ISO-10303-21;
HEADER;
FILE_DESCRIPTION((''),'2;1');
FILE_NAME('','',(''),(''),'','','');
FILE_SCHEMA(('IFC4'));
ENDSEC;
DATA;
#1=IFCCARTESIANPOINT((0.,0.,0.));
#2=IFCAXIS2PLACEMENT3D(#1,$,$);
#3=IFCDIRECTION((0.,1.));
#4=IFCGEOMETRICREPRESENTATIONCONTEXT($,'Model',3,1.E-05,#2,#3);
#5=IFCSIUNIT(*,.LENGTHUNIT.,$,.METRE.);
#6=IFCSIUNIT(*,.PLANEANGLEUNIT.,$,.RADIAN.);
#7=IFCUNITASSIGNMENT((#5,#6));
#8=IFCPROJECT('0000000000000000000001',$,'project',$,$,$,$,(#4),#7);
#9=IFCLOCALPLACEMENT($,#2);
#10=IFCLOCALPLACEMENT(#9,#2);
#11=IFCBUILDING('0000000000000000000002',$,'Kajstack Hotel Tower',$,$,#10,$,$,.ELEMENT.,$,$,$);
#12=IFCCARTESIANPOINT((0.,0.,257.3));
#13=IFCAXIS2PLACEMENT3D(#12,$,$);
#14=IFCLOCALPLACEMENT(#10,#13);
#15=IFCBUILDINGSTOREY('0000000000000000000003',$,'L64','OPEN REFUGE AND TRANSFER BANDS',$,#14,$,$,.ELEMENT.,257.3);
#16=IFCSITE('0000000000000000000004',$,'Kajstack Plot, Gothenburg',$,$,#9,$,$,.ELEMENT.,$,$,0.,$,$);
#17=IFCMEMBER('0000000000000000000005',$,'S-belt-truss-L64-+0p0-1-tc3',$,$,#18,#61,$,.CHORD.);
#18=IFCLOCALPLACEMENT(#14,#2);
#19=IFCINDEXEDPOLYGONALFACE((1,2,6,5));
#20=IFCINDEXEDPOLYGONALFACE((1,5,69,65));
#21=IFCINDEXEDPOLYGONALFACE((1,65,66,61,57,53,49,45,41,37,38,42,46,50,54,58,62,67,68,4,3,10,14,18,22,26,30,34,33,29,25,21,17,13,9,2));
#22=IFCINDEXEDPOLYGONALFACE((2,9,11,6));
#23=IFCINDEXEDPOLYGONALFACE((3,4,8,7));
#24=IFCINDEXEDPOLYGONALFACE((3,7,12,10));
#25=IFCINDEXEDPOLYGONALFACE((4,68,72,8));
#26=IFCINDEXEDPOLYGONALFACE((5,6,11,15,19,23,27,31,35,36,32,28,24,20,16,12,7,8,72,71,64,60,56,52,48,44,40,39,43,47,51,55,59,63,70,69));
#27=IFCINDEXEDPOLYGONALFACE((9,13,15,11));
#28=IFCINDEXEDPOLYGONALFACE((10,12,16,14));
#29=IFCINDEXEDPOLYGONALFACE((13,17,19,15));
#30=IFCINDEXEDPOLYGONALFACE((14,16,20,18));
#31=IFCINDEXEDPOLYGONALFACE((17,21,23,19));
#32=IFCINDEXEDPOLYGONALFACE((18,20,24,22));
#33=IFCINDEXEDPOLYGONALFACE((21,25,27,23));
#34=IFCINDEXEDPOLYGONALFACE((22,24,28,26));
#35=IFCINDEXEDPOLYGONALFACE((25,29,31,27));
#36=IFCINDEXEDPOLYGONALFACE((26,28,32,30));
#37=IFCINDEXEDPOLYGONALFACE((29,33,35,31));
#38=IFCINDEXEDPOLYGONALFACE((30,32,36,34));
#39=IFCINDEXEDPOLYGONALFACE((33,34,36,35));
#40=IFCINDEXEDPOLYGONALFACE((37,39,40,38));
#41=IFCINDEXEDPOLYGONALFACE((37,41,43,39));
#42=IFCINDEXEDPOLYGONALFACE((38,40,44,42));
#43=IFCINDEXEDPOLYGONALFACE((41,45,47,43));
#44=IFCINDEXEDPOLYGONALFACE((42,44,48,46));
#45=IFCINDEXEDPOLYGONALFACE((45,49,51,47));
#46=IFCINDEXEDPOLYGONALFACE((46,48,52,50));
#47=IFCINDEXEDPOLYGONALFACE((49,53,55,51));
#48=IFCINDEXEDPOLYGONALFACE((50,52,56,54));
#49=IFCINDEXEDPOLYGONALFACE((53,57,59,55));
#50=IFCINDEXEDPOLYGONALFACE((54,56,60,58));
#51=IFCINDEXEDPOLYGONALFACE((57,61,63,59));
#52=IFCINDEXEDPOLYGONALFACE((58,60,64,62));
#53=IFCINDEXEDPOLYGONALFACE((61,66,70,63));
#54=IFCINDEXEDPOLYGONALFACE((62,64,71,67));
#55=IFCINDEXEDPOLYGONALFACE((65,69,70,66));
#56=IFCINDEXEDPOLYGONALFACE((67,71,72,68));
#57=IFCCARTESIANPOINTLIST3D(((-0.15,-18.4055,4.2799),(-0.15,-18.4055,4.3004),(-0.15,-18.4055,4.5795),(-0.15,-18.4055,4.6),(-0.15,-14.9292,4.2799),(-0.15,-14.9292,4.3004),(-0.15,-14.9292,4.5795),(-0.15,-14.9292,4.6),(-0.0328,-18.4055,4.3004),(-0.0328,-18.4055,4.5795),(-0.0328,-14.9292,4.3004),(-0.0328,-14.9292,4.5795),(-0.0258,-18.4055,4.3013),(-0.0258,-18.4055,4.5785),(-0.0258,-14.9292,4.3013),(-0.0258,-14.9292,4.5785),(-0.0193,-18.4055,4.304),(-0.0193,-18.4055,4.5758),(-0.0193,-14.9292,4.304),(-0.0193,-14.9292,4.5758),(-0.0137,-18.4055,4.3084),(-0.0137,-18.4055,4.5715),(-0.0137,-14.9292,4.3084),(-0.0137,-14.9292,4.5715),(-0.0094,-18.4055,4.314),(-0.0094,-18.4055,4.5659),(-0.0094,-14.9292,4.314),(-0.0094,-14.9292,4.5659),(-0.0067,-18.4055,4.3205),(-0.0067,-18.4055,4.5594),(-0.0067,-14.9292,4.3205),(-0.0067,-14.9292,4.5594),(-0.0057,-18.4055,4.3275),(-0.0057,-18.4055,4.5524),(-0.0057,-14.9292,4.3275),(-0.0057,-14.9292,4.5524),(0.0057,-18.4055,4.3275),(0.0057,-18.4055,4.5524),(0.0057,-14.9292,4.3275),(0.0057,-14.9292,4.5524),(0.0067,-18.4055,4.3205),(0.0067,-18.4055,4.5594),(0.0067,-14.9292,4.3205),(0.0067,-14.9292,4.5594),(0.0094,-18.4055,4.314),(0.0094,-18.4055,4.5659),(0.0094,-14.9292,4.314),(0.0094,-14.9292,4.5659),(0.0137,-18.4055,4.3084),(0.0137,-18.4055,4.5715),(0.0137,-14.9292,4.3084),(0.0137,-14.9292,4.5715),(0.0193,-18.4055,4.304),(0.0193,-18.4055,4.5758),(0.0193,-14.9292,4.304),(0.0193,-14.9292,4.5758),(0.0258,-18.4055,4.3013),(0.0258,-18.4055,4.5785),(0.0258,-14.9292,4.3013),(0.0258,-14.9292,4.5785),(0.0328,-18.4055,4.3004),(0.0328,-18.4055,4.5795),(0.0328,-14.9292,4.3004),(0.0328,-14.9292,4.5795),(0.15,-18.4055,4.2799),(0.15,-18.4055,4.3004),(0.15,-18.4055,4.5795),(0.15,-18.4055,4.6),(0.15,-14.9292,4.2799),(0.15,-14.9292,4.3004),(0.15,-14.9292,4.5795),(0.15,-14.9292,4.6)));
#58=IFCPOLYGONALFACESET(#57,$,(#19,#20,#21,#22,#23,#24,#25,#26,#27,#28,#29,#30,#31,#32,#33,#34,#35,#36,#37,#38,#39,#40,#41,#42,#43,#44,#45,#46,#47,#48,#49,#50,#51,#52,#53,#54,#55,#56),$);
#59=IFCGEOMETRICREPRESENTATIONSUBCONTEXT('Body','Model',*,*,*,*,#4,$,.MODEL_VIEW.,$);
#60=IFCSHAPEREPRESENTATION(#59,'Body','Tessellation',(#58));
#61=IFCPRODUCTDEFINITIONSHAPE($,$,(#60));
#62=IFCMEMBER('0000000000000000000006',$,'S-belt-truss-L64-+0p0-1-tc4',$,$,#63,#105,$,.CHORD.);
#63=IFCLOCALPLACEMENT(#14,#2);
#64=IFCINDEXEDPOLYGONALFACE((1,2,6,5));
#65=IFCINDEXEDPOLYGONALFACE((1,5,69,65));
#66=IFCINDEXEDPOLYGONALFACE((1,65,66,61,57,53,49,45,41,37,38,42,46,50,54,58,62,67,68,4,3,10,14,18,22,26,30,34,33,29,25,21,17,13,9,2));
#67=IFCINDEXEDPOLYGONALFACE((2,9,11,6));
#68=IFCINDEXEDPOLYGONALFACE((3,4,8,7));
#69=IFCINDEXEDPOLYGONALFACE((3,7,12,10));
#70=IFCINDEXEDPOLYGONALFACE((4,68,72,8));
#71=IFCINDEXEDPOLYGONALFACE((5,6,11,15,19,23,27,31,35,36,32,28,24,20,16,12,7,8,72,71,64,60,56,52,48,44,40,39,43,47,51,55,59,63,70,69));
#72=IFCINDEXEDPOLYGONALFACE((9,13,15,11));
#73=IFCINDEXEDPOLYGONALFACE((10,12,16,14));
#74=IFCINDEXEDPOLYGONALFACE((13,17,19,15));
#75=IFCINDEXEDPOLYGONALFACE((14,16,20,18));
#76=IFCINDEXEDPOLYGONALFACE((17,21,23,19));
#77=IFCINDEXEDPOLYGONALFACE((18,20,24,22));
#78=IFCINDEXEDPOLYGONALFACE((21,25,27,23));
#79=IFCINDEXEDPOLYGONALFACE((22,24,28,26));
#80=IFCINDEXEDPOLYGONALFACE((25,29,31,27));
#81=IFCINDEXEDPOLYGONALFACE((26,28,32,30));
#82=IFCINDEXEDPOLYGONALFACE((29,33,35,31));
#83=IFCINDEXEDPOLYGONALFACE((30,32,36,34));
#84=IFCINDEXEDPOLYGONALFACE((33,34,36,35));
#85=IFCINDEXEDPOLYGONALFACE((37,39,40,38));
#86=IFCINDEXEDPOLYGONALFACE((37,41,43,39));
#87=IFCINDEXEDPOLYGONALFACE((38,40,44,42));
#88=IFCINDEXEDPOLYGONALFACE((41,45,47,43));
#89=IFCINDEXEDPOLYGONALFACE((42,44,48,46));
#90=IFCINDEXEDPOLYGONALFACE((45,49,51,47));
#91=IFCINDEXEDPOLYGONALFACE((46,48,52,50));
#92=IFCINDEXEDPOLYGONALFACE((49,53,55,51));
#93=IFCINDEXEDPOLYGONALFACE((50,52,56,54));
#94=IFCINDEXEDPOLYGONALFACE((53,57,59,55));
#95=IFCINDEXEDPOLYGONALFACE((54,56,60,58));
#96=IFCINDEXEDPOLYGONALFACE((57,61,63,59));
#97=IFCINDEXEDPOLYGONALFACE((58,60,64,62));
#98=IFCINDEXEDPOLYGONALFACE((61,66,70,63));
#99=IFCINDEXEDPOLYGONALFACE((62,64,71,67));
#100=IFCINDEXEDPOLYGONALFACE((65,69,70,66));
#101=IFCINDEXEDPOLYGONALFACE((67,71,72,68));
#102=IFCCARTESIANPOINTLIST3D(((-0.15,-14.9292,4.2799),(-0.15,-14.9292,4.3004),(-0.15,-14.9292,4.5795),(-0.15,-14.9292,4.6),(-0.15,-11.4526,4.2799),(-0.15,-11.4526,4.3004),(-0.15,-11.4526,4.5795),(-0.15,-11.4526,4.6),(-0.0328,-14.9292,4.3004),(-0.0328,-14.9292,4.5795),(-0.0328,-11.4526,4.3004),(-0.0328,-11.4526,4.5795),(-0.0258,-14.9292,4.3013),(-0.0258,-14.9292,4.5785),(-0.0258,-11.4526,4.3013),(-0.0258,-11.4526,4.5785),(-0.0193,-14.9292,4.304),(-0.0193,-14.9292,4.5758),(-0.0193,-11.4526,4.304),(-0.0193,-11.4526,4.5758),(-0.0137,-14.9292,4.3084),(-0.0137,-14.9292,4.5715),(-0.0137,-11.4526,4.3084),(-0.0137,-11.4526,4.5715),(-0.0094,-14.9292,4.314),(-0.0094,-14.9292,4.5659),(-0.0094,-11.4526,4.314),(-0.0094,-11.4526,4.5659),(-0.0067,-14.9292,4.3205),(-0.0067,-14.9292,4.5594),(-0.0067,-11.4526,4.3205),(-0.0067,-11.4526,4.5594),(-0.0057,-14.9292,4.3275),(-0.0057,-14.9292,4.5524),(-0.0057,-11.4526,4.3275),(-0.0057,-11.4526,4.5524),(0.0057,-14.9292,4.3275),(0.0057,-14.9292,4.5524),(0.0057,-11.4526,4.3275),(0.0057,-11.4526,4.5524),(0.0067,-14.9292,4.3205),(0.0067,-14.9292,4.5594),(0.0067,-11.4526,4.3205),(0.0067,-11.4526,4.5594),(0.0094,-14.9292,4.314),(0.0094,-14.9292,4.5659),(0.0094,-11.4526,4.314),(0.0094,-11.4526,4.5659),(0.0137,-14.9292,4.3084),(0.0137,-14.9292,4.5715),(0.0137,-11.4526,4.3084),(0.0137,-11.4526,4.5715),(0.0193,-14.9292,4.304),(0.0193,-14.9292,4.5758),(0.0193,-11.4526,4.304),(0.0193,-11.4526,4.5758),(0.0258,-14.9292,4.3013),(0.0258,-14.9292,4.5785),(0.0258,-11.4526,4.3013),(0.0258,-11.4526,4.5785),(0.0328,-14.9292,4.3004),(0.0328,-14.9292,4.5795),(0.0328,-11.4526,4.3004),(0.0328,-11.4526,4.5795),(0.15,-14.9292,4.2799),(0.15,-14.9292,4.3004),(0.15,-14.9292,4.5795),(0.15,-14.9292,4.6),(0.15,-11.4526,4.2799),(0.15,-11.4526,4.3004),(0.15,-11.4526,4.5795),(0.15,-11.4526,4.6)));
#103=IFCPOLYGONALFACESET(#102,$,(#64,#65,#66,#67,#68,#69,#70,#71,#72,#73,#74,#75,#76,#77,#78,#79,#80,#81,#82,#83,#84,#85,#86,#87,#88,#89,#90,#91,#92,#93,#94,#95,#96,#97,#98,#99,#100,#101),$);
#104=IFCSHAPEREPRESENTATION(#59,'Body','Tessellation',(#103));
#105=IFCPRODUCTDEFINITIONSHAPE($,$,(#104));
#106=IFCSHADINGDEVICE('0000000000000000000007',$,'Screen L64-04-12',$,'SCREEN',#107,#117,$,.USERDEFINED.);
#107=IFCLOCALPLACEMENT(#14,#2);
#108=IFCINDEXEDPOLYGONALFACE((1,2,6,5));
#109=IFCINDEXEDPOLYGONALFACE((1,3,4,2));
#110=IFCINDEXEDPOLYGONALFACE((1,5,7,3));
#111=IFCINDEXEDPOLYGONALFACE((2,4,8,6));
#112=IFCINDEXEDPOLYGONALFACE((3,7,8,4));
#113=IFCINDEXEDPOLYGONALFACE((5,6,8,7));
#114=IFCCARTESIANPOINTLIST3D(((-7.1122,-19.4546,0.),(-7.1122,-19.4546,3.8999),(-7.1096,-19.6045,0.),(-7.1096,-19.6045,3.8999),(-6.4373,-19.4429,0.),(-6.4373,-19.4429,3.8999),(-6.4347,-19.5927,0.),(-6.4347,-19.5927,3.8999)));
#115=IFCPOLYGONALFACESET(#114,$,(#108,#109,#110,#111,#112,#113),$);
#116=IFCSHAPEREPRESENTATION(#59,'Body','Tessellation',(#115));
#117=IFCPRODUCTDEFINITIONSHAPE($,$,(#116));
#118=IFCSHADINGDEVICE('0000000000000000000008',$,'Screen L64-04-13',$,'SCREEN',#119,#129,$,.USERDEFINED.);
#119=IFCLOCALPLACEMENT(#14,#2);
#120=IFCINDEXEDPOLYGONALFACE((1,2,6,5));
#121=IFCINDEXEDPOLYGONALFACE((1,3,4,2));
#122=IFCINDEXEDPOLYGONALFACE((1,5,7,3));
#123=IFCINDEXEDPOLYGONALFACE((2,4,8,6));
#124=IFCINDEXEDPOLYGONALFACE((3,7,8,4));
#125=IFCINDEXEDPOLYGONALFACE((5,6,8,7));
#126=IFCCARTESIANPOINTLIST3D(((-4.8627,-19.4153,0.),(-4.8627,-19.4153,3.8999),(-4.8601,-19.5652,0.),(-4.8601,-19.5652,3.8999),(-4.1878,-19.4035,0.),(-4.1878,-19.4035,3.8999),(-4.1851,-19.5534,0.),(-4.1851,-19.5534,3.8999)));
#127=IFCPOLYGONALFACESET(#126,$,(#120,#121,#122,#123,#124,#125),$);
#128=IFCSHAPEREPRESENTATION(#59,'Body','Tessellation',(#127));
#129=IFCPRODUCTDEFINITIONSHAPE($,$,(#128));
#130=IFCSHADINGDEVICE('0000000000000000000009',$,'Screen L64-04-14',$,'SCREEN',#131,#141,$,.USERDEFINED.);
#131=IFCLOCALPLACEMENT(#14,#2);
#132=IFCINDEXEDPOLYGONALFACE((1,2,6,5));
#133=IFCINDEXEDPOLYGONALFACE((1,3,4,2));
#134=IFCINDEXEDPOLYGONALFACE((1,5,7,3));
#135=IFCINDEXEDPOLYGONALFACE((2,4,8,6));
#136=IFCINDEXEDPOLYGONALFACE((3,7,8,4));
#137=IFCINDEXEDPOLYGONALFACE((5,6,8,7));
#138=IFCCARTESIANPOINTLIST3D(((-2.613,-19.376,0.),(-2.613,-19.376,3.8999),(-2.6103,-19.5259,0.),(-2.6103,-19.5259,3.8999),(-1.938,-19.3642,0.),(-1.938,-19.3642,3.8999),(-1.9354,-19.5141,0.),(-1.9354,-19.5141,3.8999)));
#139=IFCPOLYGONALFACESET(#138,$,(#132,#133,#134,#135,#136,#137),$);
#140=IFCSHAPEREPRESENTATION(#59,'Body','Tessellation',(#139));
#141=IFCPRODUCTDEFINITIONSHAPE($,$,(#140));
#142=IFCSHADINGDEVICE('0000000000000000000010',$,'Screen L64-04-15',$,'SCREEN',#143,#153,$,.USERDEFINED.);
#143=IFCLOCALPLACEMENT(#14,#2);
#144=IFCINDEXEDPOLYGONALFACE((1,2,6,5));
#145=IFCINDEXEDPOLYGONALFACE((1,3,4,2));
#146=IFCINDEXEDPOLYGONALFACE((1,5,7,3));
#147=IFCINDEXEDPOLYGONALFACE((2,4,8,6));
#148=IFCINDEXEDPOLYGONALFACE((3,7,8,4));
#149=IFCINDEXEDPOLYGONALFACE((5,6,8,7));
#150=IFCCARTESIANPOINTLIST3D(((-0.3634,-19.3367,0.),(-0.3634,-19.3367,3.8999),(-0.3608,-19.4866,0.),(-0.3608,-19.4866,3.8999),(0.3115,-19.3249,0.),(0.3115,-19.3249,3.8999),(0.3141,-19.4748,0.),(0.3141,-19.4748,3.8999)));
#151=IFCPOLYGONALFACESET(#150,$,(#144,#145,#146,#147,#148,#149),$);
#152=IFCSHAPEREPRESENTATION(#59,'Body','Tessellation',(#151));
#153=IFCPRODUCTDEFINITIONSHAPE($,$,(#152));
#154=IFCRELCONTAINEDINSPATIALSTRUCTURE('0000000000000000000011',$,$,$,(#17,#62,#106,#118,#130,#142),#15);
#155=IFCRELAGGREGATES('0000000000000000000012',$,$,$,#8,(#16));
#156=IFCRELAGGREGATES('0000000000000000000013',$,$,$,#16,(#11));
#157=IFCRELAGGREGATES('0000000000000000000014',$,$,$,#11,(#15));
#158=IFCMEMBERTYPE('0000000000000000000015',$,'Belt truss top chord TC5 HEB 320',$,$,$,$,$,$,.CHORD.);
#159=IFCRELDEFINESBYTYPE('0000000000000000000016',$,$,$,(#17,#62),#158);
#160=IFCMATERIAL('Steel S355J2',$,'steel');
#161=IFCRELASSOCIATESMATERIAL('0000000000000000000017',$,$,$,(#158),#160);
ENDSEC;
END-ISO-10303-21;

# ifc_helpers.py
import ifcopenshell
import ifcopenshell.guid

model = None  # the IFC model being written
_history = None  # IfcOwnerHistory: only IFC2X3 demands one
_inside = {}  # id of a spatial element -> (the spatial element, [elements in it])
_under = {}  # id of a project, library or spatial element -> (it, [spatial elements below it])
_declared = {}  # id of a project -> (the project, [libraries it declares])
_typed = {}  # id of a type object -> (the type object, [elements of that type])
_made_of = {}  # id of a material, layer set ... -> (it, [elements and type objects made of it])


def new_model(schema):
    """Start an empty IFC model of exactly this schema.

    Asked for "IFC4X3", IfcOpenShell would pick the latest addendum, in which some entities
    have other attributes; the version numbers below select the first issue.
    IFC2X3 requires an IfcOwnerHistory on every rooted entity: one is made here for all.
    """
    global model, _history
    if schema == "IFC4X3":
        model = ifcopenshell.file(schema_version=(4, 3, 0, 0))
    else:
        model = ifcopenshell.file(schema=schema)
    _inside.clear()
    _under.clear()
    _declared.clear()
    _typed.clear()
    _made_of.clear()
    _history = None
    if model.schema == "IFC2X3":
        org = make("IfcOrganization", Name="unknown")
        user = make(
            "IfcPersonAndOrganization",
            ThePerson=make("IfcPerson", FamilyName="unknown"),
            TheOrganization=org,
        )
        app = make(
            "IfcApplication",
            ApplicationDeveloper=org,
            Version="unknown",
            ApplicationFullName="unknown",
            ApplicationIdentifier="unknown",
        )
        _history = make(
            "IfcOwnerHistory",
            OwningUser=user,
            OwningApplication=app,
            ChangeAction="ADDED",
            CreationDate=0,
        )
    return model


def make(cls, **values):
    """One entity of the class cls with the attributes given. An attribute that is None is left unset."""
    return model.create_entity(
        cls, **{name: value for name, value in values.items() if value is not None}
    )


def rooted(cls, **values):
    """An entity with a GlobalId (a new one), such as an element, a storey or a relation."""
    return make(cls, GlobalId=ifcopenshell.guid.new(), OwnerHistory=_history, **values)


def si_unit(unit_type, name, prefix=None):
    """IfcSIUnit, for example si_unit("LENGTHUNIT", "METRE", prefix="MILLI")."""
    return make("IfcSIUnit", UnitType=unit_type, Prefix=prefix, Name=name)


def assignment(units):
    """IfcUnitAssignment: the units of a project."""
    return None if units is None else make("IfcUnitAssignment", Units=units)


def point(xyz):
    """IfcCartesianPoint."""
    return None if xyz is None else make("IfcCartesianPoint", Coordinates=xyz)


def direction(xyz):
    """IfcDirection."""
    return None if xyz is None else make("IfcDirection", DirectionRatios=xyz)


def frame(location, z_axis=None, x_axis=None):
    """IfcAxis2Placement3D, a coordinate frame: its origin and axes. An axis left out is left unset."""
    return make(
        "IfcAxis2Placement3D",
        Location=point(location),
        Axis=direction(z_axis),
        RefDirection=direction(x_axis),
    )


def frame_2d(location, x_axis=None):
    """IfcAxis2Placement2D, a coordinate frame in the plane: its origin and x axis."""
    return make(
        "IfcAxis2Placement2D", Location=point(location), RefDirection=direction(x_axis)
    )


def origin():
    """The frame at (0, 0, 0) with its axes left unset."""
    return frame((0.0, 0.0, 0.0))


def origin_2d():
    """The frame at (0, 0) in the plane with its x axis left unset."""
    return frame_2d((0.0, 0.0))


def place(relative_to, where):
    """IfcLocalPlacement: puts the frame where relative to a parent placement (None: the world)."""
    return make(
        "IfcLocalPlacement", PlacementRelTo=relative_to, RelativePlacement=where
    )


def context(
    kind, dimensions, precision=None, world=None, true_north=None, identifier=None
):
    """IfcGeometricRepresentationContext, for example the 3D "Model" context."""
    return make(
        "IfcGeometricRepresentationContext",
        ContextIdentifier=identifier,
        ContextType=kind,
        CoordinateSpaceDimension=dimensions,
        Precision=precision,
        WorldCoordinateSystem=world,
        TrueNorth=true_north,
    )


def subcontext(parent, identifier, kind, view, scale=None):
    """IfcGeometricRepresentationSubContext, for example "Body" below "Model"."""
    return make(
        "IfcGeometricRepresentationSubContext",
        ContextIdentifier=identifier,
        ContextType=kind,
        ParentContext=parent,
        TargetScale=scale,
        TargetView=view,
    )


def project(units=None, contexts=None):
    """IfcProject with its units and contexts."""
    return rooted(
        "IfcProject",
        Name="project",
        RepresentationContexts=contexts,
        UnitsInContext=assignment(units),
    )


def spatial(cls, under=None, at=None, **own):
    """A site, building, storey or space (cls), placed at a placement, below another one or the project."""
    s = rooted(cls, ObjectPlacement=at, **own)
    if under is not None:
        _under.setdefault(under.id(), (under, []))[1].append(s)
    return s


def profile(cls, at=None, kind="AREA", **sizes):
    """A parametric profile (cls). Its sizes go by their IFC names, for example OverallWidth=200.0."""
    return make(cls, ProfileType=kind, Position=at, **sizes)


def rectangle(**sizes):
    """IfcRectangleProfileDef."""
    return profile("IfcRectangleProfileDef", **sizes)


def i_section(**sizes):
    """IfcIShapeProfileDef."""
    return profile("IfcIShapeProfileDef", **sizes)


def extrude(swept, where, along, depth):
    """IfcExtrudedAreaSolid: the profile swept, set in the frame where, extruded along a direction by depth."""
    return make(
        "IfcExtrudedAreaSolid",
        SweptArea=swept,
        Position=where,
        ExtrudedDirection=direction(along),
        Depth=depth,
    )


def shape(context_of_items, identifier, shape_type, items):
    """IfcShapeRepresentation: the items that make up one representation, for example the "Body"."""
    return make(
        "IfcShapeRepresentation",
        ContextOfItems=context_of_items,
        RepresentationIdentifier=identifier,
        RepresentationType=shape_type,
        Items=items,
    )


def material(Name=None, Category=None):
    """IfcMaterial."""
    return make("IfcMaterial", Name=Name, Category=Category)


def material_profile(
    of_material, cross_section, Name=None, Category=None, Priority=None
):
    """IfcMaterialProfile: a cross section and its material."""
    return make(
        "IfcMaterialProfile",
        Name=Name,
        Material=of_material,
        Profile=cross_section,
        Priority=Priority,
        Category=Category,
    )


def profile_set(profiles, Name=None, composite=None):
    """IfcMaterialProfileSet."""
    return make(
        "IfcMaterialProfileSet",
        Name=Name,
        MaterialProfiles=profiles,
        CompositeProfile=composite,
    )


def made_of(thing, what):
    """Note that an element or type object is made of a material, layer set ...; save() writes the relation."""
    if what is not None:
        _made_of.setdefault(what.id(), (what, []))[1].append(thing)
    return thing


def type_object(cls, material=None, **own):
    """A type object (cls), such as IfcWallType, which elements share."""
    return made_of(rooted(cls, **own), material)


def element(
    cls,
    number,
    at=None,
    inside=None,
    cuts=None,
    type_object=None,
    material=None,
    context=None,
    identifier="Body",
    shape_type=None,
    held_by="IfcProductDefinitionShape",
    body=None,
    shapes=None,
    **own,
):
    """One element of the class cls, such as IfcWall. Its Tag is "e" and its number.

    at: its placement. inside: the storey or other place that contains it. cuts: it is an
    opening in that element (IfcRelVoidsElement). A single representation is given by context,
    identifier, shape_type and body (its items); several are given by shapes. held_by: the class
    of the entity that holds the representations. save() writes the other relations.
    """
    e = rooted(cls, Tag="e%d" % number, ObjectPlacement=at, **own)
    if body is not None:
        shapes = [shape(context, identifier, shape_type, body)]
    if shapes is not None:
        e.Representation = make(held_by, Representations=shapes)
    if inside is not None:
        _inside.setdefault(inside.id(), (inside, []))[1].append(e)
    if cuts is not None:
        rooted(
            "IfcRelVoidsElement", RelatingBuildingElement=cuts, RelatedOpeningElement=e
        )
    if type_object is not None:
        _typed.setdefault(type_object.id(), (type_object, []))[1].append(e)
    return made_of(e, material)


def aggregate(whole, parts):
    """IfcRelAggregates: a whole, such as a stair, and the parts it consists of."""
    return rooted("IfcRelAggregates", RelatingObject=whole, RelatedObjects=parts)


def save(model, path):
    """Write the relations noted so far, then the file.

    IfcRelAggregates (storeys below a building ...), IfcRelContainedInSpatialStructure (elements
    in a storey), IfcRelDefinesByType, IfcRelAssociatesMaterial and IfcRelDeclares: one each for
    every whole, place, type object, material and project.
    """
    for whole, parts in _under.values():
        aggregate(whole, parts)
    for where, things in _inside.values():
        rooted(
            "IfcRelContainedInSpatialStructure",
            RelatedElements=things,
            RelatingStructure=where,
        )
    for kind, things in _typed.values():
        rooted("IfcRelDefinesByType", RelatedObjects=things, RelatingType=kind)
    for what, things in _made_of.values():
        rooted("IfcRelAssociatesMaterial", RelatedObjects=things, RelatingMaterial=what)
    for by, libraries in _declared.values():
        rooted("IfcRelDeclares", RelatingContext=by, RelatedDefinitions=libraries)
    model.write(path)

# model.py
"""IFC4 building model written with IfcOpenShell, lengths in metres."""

from ifc_helpers import new_model, si_unit, direction, frame, origin, origin_2d, place, context, subcontext, project, spatial, rectangle, i_section, extrude, material, material_profile, profile_set, type_object, element, save


model = new_model("IFC4")

# Units and contexts
model_context = context("Model", 3, precision=1e-05, world=origin(), true_north=direction((0.0, 1.0)))
body_context = subcontext(model_context, "Body", "Model", "MODEL_VIEW")
ifc_project = project(units=[si_unit("LENGTHUNIT", "METRE"), si_unit("PLANEANGLEUNIT", "RADIAN")], contexts=[model_context])

# Site, building, storey
site_placement = place(None, origin())
site = spatial("IfcSite", under=ifc_project, at=site_placement, Name="Kajstack Plot, Gothenburg", CompositionType="ELEMENT", RefElevation=0.0)
building_placement = place(site_placement, origin())
building = spatial("IfcBuilding", under=site, at=building_placement, Name="Kajstack Hotel Tower", CompositionType="ELEMENT")
storey_placement = place(building_placement, frame((0.0, 0.0, 257.3)))
storey = spatial("IfcBuildingStorey", under=building, at=storey_placement, Name="L64", Description="OPEN REFUGE AND TRANSFER BANDS", CompositionType="ELEMENT", Elevation=257.3)

# Members
ifc_material = material(Name="Steel S355J2", Category="steel")
ifc_material_profile_1 = material_profile(ifc_material, i_section(OverallWidth=0.3, OverallDepth=0.3201, WebThickness=0.0115, FlangeThickness=0.0205, FilletRadius=0.0271, at=origin_2d()), Name="HEB 320")
ifc_profile_set_1 = profile_set([ifc_material_profile_1], Name="Steel S355J2")
member_type_1 = type_object("IfcMemberType", Name="Belt truss top chord TC5 HEB 320", PredefinedType="CHORD", material=ifc_profile_set_1)
member_1_placement = place(storey_placement, frame((0.0, -18.4055, 4.4399), z_axis=(0.0, 1.0, 0.0), x_axis=(-1.0, 0.0, 0.0)))
element("IfcMember", 1, at=member_1_placement, inside=storey, type_object=member_type_1, Name="S-belt-truss-L64-+0p0-1-tc3", PredefinedType="CHORD", context=body_context, shape_type="SweptSolid", body=[
    extrude(i_section(OverallWidth=0.3, OverallDepth=0.3201, WebThickness=0.0115, FlangeThickness=0.0205, FilletRadius=0.0271, at=origin_2d()), origin(), (0.0, 0.0, 1.0), 3.4763),
])
member_2_placement = place(storey_placement, frame((0.0, -14.9292, 4.4399), z_axis=(0.0, 1.0, 0.0), x_axis=(-1.0, 0.0, 0.0)))
element("IfcMember", 2, at=member_2_placement, inside=storey, type_object=member_type_1, Name="S-belt-truss-L64-+0p0-1-tc4", PredefinedType="CHORD", context=body_context, shape_type="SweptSolid", body=[
    extrude(i_section(OverallWidth=0.3, OverallDepth=0.3201, WebThickness=0.0115, FlangeThickness=0.0205, FilletRadius=0.0271, at=origin_2d()), origin(), (0.0, 0.0, 1.0), 3.4766),
])

# Shading devices
for number, where, z_axis, x_axis, name in (
    (3, (-6.7734, -19.5237, 0.0), (0.0, 0.0, 1.0), (0.999848, 0.017453, 0.0), "Screen L64-04-12"),
    (4, (-4.5239, -19.4844, 0.0), (0.0, 0.0, 1.0), (0.999848, 0.017453, 0.0), "Screen L64-04-13"),
    (5, (-2.2742, -19.4451, 0.0), (0.0, 0.0, 1.0), (0.999848, 0.017453, 0.0), "Screen L64-04-14"),
    (6, (-0.0247, -19.4058, 0.0), (0.0, 0.0, 1.0), (0.999848, 0.017453, 0.0), "Screen L64-04-15"),
):
    element("IfcShadingDevice", number, at=place(storey_placement, frame(where, z_axis=z_axis, x_axis=x_axis)), inside=storey, Name=name, ObjectType="SCREEN", PredefinedType="USERDEFINED", context=body_context, shape_type="SweptSolid", body=[
        extrude(rectangle(XDim=0.675, YDim=0.1499, at=origin_2d()), origin(), (0.0, 0.0, 1.0), 3.8999),
    ])

save(model, "model.ifc")
